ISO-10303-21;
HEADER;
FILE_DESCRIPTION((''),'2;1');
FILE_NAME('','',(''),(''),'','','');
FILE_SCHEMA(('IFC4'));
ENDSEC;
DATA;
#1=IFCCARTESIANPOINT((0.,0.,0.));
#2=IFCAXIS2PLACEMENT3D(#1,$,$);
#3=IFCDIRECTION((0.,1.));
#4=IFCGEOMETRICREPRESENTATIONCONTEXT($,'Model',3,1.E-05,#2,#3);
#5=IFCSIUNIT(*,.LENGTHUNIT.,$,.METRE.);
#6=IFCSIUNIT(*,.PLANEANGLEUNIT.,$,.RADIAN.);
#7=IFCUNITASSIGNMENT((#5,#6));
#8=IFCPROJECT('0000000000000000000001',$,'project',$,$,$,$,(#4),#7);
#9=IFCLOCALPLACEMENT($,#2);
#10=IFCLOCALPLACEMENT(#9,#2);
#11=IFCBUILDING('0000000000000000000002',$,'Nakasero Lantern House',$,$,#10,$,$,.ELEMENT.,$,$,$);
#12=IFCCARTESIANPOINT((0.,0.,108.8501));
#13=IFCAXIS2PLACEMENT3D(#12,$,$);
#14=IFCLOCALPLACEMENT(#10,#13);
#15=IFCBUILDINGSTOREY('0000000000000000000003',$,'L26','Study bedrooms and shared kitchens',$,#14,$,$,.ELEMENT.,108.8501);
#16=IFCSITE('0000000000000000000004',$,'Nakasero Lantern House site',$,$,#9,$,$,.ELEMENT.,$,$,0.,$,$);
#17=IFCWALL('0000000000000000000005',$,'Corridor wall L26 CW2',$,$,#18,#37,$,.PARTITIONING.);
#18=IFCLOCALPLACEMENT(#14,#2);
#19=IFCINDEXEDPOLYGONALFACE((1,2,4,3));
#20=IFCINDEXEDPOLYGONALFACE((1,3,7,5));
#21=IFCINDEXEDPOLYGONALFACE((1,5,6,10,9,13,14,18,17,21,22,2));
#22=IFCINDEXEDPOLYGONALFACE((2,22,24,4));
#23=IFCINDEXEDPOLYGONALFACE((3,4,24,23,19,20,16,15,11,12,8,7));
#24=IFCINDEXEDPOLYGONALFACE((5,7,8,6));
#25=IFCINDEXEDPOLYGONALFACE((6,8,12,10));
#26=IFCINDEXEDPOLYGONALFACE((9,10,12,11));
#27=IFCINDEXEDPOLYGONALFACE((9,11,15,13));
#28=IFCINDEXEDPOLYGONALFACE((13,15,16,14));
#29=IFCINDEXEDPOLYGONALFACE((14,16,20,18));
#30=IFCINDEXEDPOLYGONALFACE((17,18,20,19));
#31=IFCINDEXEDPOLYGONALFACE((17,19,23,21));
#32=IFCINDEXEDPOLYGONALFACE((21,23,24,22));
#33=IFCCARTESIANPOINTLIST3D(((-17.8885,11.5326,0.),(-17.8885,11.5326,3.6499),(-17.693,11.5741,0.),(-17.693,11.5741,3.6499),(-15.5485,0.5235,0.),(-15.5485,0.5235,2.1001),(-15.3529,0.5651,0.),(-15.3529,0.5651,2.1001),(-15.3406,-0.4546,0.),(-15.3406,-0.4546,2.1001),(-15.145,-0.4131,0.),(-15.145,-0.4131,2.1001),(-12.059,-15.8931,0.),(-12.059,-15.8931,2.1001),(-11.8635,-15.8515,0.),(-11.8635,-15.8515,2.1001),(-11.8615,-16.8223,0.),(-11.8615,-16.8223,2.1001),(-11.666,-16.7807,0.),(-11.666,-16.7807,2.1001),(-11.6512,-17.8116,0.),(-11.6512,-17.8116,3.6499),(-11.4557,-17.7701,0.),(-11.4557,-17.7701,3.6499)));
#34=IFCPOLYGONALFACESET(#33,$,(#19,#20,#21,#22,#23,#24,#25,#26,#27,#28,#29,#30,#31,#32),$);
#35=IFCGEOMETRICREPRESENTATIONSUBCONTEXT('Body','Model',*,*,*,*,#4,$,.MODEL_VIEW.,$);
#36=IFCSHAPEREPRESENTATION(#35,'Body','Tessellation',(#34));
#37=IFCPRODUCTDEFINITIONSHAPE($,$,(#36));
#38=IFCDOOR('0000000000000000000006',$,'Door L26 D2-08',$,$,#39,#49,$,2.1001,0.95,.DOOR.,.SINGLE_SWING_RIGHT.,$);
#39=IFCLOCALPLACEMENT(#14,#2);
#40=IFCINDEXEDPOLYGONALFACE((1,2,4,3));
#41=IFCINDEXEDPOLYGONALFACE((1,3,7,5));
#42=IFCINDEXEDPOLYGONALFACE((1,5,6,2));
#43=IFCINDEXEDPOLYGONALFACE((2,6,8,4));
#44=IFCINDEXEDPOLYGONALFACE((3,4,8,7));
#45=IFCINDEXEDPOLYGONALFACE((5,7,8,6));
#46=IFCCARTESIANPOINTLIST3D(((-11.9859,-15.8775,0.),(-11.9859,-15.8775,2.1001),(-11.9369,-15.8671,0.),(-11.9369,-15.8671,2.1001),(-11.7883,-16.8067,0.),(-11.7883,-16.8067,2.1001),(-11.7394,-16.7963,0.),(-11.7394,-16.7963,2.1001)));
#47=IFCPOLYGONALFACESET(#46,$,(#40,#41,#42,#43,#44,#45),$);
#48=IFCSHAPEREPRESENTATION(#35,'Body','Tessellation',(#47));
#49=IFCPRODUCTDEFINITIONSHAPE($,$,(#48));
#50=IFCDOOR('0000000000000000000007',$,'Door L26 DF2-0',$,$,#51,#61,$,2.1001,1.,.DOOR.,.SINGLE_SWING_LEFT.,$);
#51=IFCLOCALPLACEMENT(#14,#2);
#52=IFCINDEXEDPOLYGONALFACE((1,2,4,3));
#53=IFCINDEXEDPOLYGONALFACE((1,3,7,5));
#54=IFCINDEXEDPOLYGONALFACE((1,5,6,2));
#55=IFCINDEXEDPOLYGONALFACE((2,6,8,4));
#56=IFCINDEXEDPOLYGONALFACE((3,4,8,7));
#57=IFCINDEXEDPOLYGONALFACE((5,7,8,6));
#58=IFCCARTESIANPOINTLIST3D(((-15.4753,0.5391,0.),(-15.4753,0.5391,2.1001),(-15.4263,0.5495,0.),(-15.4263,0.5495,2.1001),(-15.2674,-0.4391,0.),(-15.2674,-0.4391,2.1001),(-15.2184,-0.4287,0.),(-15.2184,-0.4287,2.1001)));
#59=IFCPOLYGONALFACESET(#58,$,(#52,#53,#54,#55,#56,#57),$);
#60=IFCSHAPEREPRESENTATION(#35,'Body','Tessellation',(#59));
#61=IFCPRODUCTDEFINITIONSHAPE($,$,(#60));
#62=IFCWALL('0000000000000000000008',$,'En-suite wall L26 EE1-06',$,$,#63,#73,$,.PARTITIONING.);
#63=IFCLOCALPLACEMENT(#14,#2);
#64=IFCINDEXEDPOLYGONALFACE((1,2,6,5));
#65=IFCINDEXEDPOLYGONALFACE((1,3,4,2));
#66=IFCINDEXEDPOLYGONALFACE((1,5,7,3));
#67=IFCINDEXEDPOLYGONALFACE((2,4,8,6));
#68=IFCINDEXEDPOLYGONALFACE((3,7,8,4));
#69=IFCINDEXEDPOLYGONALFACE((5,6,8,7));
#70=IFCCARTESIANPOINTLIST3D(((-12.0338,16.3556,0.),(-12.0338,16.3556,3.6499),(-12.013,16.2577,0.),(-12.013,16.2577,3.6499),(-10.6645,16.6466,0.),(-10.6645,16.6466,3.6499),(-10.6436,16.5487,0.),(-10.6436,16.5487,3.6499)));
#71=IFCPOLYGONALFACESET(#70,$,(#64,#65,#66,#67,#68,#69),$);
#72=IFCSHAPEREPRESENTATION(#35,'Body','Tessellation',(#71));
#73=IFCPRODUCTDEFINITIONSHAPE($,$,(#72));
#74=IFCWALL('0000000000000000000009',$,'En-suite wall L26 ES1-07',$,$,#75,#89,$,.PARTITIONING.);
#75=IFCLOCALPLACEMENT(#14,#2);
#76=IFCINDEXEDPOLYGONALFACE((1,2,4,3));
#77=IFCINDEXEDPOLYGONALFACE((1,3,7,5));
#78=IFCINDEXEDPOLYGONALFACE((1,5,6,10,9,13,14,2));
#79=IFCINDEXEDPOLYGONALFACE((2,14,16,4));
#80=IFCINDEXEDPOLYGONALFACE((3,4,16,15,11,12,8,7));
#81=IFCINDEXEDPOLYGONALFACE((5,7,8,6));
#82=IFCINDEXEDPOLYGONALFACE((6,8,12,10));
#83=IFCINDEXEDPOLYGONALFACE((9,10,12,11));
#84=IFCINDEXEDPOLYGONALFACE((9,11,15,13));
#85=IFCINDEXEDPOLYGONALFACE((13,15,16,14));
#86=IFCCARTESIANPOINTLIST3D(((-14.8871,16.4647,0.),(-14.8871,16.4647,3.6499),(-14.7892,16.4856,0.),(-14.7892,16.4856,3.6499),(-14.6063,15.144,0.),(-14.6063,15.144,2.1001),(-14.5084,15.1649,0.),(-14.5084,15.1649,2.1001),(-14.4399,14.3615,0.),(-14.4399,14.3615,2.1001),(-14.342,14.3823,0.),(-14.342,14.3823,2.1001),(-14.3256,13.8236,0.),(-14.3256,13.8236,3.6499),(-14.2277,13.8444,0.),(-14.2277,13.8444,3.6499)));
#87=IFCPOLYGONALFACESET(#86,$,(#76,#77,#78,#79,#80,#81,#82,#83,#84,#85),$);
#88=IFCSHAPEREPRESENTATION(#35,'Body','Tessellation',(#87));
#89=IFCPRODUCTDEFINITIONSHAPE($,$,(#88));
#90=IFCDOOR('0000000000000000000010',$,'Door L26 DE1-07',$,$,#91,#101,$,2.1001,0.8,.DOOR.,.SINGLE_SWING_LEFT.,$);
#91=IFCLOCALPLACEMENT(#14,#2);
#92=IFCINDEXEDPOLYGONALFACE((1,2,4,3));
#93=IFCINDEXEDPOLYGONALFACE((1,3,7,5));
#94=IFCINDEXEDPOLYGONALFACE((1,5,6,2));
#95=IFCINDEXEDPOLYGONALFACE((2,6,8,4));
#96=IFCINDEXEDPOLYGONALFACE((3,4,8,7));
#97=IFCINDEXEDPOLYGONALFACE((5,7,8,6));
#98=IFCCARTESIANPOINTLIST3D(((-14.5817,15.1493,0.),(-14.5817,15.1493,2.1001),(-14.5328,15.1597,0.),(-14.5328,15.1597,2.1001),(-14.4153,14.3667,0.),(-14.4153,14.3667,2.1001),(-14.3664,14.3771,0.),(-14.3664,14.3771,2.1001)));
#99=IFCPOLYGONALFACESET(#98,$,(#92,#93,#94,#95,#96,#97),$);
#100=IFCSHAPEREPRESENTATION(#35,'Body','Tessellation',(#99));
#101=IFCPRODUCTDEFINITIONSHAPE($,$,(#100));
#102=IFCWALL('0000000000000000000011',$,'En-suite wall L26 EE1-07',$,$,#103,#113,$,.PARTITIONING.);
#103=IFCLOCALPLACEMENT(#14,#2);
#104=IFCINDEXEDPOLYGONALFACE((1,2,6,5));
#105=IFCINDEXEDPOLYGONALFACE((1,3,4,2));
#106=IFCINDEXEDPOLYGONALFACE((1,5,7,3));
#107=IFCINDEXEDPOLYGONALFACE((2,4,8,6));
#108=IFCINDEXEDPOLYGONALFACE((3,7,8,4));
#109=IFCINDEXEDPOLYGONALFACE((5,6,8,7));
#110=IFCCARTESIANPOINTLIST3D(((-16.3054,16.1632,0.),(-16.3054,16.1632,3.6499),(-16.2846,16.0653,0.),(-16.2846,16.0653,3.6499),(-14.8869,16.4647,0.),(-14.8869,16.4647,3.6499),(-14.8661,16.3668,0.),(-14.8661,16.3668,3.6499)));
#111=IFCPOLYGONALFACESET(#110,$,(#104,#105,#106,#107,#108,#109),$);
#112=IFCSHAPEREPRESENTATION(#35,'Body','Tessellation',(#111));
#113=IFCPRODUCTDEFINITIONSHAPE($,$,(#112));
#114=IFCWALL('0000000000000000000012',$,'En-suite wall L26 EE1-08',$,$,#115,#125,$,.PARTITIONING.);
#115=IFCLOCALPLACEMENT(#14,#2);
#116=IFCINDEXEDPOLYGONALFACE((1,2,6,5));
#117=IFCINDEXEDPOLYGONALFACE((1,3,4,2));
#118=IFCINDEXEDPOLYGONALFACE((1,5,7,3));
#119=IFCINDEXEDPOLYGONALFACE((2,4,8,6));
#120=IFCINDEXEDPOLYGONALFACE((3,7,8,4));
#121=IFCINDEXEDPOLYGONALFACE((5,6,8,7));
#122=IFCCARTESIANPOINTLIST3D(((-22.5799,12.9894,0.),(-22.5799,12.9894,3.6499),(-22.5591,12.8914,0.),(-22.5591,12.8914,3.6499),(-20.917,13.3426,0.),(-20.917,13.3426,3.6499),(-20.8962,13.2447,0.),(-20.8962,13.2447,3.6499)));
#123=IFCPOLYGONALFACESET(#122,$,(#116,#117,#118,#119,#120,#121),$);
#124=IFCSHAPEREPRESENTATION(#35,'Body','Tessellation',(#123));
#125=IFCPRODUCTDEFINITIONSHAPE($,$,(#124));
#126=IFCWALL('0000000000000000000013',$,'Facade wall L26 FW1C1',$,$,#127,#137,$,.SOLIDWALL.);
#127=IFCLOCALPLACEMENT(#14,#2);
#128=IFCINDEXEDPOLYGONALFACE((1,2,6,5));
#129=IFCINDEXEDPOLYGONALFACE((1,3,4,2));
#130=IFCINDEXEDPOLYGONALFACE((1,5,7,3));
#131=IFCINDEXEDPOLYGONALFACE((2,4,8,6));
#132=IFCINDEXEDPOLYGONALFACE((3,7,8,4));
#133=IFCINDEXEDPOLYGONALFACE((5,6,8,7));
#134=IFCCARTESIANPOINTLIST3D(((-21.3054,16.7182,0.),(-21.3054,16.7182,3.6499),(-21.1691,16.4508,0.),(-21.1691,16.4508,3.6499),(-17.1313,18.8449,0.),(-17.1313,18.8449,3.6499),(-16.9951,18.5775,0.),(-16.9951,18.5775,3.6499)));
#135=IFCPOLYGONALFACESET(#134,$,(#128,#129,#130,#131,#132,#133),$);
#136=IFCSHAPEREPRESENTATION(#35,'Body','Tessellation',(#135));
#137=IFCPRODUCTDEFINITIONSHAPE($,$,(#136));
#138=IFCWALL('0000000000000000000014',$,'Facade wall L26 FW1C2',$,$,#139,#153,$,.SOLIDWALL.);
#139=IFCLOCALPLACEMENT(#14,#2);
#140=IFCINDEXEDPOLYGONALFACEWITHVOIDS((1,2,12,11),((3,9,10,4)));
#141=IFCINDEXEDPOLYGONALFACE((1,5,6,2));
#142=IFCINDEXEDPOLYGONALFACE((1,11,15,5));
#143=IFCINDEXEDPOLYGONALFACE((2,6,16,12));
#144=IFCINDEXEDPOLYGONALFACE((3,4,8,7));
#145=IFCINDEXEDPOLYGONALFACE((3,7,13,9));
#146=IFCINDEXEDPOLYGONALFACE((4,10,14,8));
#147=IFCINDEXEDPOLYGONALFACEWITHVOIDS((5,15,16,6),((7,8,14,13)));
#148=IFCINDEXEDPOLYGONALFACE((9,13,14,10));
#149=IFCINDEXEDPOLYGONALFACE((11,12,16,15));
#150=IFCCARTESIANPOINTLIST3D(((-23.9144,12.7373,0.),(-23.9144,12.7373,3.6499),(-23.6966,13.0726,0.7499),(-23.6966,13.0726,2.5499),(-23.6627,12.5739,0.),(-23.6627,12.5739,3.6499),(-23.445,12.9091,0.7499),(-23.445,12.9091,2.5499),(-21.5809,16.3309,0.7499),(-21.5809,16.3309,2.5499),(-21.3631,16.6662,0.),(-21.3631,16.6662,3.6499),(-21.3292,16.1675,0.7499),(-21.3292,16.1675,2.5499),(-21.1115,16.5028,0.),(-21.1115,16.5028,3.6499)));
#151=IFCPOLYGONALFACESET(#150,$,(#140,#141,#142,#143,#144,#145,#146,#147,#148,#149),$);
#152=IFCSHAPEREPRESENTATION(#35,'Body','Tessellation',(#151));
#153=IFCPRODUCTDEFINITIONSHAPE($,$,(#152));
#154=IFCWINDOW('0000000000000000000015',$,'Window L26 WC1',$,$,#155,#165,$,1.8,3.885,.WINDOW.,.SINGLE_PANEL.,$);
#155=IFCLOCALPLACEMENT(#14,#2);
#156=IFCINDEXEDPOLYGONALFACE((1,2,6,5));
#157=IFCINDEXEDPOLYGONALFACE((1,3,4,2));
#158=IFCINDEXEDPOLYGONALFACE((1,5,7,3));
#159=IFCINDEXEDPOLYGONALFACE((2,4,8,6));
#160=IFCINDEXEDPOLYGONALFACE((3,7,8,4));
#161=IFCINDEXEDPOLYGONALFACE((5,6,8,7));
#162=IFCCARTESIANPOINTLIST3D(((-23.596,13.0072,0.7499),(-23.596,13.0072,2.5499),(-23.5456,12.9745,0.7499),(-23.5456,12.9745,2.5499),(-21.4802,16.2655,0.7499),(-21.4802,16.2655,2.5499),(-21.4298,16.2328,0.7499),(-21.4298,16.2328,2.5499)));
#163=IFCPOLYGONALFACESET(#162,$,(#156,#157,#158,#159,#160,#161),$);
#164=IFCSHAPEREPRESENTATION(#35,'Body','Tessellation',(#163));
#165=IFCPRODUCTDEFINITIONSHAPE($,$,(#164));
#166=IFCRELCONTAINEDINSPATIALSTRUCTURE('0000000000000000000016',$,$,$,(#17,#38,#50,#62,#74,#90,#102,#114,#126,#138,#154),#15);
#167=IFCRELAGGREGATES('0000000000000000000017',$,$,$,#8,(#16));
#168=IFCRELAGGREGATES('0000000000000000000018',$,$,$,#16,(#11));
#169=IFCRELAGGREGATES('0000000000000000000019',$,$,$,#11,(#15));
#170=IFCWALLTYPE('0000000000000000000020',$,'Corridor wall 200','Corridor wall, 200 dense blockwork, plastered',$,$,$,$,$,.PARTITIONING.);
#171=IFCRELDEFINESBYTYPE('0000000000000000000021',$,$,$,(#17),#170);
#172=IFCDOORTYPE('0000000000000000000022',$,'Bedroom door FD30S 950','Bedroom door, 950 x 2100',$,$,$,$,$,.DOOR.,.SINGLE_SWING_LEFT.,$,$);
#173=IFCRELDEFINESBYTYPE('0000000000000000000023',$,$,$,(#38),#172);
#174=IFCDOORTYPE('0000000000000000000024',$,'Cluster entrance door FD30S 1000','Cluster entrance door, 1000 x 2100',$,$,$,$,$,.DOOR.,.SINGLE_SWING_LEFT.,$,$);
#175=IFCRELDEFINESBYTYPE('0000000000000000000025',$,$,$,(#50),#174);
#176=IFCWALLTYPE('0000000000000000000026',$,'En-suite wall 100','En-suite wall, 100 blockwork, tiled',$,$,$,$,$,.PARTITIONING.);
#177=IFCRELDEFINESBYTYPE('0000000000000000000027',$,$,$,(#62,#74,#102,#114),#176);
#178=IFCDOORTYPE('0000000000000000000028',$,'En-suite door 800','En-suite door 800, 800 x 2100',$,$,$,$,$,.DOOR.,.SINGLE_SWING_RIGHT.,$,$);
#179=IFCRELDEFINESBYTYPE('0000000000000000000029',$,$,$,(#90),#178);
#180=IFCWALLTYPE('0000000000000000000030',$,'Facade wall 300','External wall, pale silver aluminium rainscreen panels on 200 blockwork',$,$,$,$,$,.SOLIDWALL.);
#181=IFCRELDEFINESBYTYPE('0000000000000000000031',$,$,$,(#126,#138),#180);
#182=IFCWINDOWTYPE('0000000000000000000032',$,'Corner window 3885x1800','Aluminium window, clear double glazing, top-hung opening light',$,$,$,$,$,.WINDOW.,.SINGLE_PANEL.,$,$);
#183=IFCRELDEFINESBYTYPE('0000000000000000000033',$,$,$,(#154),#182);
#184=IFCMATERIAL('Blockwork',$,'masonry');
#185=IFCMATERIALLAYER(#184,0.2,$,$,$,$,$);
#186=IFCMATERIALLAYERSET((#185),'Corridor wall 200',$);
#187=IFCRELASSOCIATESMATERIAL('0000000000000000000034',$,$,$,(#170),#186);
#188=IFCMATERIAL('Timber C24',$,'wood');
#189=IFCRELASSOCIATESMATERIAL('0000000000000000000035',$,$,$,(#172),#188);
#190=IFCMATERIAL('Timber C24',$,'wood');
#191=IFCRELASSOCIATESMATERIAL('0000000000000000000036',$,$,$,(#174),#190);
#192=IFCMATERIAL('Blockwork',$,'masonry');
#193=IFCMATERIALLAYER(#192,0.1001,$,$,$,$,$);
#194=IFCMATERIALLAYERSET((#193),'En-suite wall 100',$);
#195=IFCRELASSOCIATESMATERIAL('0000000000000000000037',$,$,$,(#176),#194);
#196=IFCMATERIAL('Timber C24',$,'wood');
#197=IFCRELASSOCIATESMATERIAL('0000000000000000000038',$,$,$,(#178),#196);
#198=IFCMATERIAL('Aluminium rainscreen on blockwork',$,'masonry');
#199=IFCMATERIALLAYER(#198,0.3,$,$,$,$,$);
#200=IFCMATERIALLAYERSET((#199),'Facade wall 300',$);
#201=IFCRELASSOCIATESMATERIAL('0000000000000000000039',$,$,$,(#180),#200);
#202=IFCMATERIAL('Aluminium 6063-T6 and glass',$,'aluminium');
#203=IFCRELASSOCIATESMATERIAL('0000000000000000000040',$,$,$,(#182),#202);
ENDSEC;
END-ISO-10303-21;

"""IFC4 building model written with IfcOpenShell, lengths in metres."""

from ifc_helpers import new_model, si_unit, direction, frame, frame_2d, origin, place, context, subcontext, project, spatial, rectangle, extrude, material, layer, layer_set, type_object, element, fill, save


model = new_model("IFC4")

# Units and contexts
model_context = context("Model", 3, precision=1e-05, world=origin(), true_north=direction((0.0, 1.0)))
body_context = subcontext(model_context, "Body", "Model", "MODEL_VIEW")
ifc_project = project(units=[si_unit("LENGTHUNIT", "METRE"), si_unit("PLANEANGLEUNIT", "RADIAN")], contexts=[model_context])

# Site, building, storey
site_placement = place(None, origin())
site = spatial("IfcSite", under=ifc_project, at=site_placement, Name="Nakasero Lantern House site", CompositionType="ELEMENT", RefElevation=0.0)
building_placement = place(site_placement, origin())
building = spatial("IfcBuilding", under=site, at=building_placement, Name="Nakasero Lantern House", CompositionType="ELEMENT")
storey_placement = place(building_placement, frame((0.0, 0.0, 108.8501)))
storey = spatial("IfcBuildingStorey", under=building, at=storey_placement, Name="L26", Description="Study bedrooms and shared kitchens", CompositionType="ELEMENT", Elevation=108.8501)

# Wall, openings, doors
ifc_material_1 = material(Name="Blockwork", Category="masonry")
ifc_layer_1 = layer(ifc_material_1, 0.2)
ifc_layer_set_1 = layer_set([ifc_layer_1], Name="Corridor wall 200")
wall_type_1 = type_object("IfcWallType", Name="Corridor wall 200", Description="Corridor wall, 200 dense blockwork, plastered", PredefinedType="PARTITIONING", material=ifc_layer_set_1)
wall_1_placement = place(storey_placement, frame((-17.7908, 11.5535, 0.0), z_axis=(0.0, 0.0, 1.0), x_axis=(0.207912, -0.978148, 0.0)))
wall_1 = element("IfcWall", 1, at=wall_1_placement, inside=storey, type_object=wall_type_1, Name="Corridor wall L26 CW2", PredefinedType="PARTITIONING", context=body_context, shape_type="SweptSolid", body=[
    extrude(rectangle(XDim=29.9998, YDim=0.2, at=frame_2d((15.0, 0.0))), origin(), (0.0, 0.0, 1.0), 3.6499),
])
opening_1_placement = place(wall_1_placement, frame((11.2551, 0.0, 0.0)))
opening_1 = element("IfcOpeningElement", 2, at=opening_1_placement, cuts=wall_1, PredefinedType="OPENING", context=body_context, shape_type="SweptSolid", body=[
    extrude(rectangle(XDim=1.0, YDim=2.1001, at=frame_2d((0.5, 1.05))), frame((0.0, 0.1199, 0.0), z_axis=(0.0, -1.0, 0.0), x_axis=(1.0, 0.0, 0.0)), (0.0, 0.0, 1.0), 0.24),
])
opening_2_placement = place(wall_1_placement, frame((28.0383, 0.0, 0.0)))
opening_2 = element("IfcOpeningElement", 3, at=opening_2_placement, cuts=wall_1, PredefinedType="OPENING", context=body_context, shape_type="SweptSolid", body=[
    extrude(rectangle(XDim=0.95, YDim=2.1001, at=frame_2d((0.4751, 1.05))), frame((0.0, 0.1199, 0.0), z_axis=(0.0, -1.0, 0.0), x_axis=(1.0, 0.0, 0.0)), (0.0, 0.0, 1.0), 0.24),
])
ifc_material_2 = material(Name="Timber C24", Category="wood")
door_type_1 = type_object("IfcDoorType", Name="Bedroom door FD30S 950", Description="Bedroom door, 950 x 2100", OperationType="SINGLE_SWING_LEFT", PredefinedType="DOOR", material=ifc_material_2)
door_1_placement = place(opening_2_placement, origin())
door_1 = element("IfcDoor", 4, at=door_1_placement, inside=storey, type_object=door_type_1, Name="Door L26 D2-08", OperationType="SINGLE_SWING_RIGHT", OverallHeight=2.1001, OverallWidth=0.95, PredefinedType="DOOR", context=body_context, shape_type="SweptSolid", body=[
    extrude(rectangle(XDim=0.95, YDim=2.1001, at=frame_2d((0.4751, 1.05))), frame((0.0, 0.0249, 0.0), z_axis=(0.0, -1.0, 0.0), x_axis=(1.0, 0.0, 0.0)), (0.0, 0.0, 1.0), 0.05),
])
fill(opening_2, door_1)
ifc_material_3 = material(Name="Timber C24", Category="wood")
door_type_2 = type_object("IfcDoorType", Name="Cluster entrance door FD30S 1000", Description="Cluster entrance door, 1000 x 2100", OperationType="SINGLE_SWING_LEFT", PredefinedType="DOOR", material=ifc_material_3)
door_2_placement = place(opening_1_placement, origin())
door_2 = element("IfcDoor", 5, at=door_2_placement, inside=storey, type_object=door_type_2, Name="Door L26 DF2-0", OperationType="SINGLE_SWING_LEFT", OverallHeight=2.1001, OverallWidth=1.0, PredefinedType="DOOR", context=body_context, shape_type="SweptSolid", body=[
    extrude(rectangle(XDim=1.0, YDim=2.1001, at=frame_2d((0.5, 1.05))), frame((0.0, 0.0249, 0.0), z_axis=(0.0, -1.0, 0.0), x_axis=(1.0, 0.0, 0.0)), (0.0, 0.0, 1.0), 0.05),
])
fill(opening_1, door_2)

# Wall
ifc_material_4 = material(Name="Blockwork", Category="masonry")
ifc_layer_2 = layer(ifc_material_4, 0.1001)
ifc_layer_set_2 = layer_set([ifc_layer_2], Name="En-suite wall 100")
wall_type_2 = type_object("IfcWallType", Name="En-suite wall 100", Description="En-suite wall, 100 blockwork, tiled", PredefinedType="PARTITIONING", material=ifc_layer_set_2)
wall_2_placement = place(storey_placement, frame((-10.6541, 16.5977, 0.0), z_axis=(0.0, 0.0, 1.0), x_axis=(-0.978156, -0.207873, 0.0)))
element("IfcWall", 6, at=wall_2_placement, inside=storey, type_object=wall_type_2, Name="En-suite wall L26 EE1-06", PredefinedType="PARTITIONING", context=body_context, shape_type="SweptSolid", body=[
    extrude(rectangle(XDim=1.3999, YDim=0.1001, at=frame_2d((0.7, 0.0))), origin(), (0.0, 0.0, 1.0), 3.6499),
])

# Wall, opening, door
wall_3_placement = place(storey_placement, frame((-14.2766, 13.834, 0.0), z_axis=(0.0, 0.0, 1.0), x_axis=(-0.20796, 0.978137, 0.0)))
wall_3 = element("IfcWall", 7, at=wall_3_placement, inside=storey, type_object=wall_type_2, Name="En-suite wall L26 ES1-07", PredefinedType="PARTITIONING", context=body_context, shape_type="SweptSolid", body=[
    extrude(rectangle(XDim=2.7002, YDim=0.1001, at=frame_2d((1.3501, 0.0))), origin(), (0.0, 0.0, 1.0), 3.6499),
])
opening_3_placement = place(wall_3_placement, frame((0.55, 0.0, 0.0)))
opening_3 = element("IfcOpeningElement", 8, at=opening_3_placement, cuts=wall_3, PredefinedType="OPENING", context=body_context, shape_type="SweptSolid", body=[
    extrude(rectangle(XDim=0.8, YDim=2.1001, at=frame_2d((0.3999, 1.05))), frame((0.0, 0.0701, 0.0), z_axis=(0.0, -1.0, 0.0), x_axis=(1.0, 0.0, 0.0)), (0.0, 0.0, 1.0), 0.1401),
])
ifc_material_5 = material(Name="Timber C24", Category="wood")
door_type_3 = type_object("IfcDoorType", Name="En-suite door 800", Description="En-suite door 800, 800 x 2100", OperationType="SINGLE_SWING_RIGHT", PredefinedType="DOOR", material=ifc_material_5)
door_3_placement = place(opening_3_placement, origin())
door_3 = element("IfcDoor", 9, at=door_3_placement, inside=storey, type_object=door_type_3, Name="Door L26 DE1-07", OperationType="SINGLE_SWING_LEFT", OverallHeight=2.1001, OverallWidth=0.8, PredefinedType="DOOR", context=body_context, shape_type="SweptSolid", body=[
    extrude(rectangle(XDim=0.8, YDim=2.1001, at=frame_2d((0.3999, 1.05))), frame((0.0, 0.0249, 0.0), z_axis=(0.0, -1.0, 0.0), x_axis=(1.0, 0.0, 0.0)), (0.0, 0.0, 1.0), 0.05),
])
fill(opening_3, door_3)

# Walls
wall_4_placement = place(storey_placement, frame((-14.8765, 16.4158, 0.0), z_axis=(0.0, 0.0, 1.0), x_axis=(-0.978146, -0.207919, 0.0)))
element("IfcWall", 10, at=wall_4_placement, inside=storey, type_object=wall_type_2, Name="En-suite wall L26 EE1-07", PredefinedType="PARTITIONING", context=body_context, shape_type="SweptSolid", body=[
    extrude(rectangle(XDim=1.4502, YDim=0.1001, at=frame_2d((0.7251, 0.0))), origin(), (0.0, 0.0, 1.0), 3.6499),
])
wall_5_placement = place(storey_placement, frame((-20.9065, 13.2937, 0.0), z_axis=(0.0, 0.0, 1.0), x_axis=(-0.978169, -0.207812, 0.0)))
element("IfcWall", 11, at=wall_5_placement, inside=storey, type_object=wall_type_2, Name="En-suite wall L26 EE1-08", PredefinedType="PARTITIONING", context=body_context, shape_type="SweptSolid", body=[
    extrude(rectangle(XDim=1.7, YDim=0.1001, at=frame_2d((0.8501, 0.0))), origin(), (0.0, 0.0, 1.0), 3.6499),
])
ifc_material_6 = material(Name="Aluminium rainscreen on blockwork", Category="masonry")
ifc_layer_3 = layer(ifc_material_6, 0.3)
ifc_layer_set_3 = layer_set([ifc_layer_3], Name="Facade wall 300")
wall_type_3 = type_object("IfcWallType", Name="Facade wall 300", Description="External wall, pale silver aluminium rainscreen panels on 200 blockwork", PredefinedType="SOLIDWALL", material=ifc_layer_set_3)
wall_6_placement = place(storey_placement, frame((-17.0632, 18.7112, 0.0), z_axis=(0.0, 0.0, 1.0), x_axis=(-0.891014, -0.453976, 0.0)))
element("IfcWall", 12, at=wall_6_placement, inside=storey, type_object=wall_type_3, Name="Facade wall L26 FW1C1", PredefinedType="SOLIDWALL", context=body_context, shape_type="SweptSolid", body=[
    extrude(rectangle(XDim=4.6846, YDim=0.3, at=frame_2d((2.3423, 0.0))), origin(), (0.0, 0.0, 1.0), 3.6499),
])

# Wall, opening, window
wall_7_placement = place(storey_placement, frame((-21.2373, 16.5845, 0.0), z_axis=(0.0, 0.0, 1.0), x_axis=(-0.544605, -0.838692, 0.0)))
wall_7 = element("IfcWall", 13, at=wall_7_placement, inside=storey, type_object=wall_type_3, Name="Facade wall L26 FW1C2", PredefinedType="SOLIDWALL", context=body_context, shape_type="SweptSolid", body=[
    extrude(rectangle(XDim=4.6846, YDim=0.3, at=frame_2d((2.3423, 0.0))), origin(), (0.0, 0.0, 1.0), 3.6499),
])
opening_4_placement = place(wall_7_placement, frame((0.3999, 0.0, 0.75)))
opening_4 = element("IfcOpeningElement", 14, at=opening_4_placement, cuts=wall_7, PredefinedType="OPENING", context=body_context, shape_type="SweptSolid", body=[
    extrude(rectangle(XDim=3.885, YDim=1.8, at=frame_2d((1.9424, 0.8999))), frame((0.0, 0.1699, 0.0), z_axis=(0.0, -1.0, 0.0), x_axis=(1.0, 0.0, 0.0)), (0.0, 0.0, 1.0), 0.3401),
])
ifc_material_7 = material(Name="Aluminium 6063-T6 and glass", Category="aluminium")
window_type_1 = type_object("IfcWindowType", Name="Corner window 3885x1800", Description="Aluminium window, clear double glazing, top-hung opening light", PartitioningType="SINGLE_PANEL", PredefinedType="WINDOW", material=ifc_material_7)
window_1_placement = place(opening_4_placement, origin())
window_1 = element("IfcWindow", 15, at=window_1_placement, inside=storey, type_object=window_type_1, Name="Window L26 WC1", OverallHeight=1.8, OverallWidth=3.885, PartitioningType="SINGLE_PANEL", PredefinedType="WINDOW", context=body_context, shape_type="SweptSolid", body=[
    extrude(rectangle(XDim=3.885, YDim=1.8, at=frame_2d((1.9424, 0.8999))), frame((0.0, 0.03, 0.0), z_axis=(0.0, -1.0, 0.0), x_axis=(1.0, 0.0, 0.0)), (0.0, 0.0, 1.0), 0.0601),
])
fill(opening_4, window_1)

save(model, "model.ifc")
